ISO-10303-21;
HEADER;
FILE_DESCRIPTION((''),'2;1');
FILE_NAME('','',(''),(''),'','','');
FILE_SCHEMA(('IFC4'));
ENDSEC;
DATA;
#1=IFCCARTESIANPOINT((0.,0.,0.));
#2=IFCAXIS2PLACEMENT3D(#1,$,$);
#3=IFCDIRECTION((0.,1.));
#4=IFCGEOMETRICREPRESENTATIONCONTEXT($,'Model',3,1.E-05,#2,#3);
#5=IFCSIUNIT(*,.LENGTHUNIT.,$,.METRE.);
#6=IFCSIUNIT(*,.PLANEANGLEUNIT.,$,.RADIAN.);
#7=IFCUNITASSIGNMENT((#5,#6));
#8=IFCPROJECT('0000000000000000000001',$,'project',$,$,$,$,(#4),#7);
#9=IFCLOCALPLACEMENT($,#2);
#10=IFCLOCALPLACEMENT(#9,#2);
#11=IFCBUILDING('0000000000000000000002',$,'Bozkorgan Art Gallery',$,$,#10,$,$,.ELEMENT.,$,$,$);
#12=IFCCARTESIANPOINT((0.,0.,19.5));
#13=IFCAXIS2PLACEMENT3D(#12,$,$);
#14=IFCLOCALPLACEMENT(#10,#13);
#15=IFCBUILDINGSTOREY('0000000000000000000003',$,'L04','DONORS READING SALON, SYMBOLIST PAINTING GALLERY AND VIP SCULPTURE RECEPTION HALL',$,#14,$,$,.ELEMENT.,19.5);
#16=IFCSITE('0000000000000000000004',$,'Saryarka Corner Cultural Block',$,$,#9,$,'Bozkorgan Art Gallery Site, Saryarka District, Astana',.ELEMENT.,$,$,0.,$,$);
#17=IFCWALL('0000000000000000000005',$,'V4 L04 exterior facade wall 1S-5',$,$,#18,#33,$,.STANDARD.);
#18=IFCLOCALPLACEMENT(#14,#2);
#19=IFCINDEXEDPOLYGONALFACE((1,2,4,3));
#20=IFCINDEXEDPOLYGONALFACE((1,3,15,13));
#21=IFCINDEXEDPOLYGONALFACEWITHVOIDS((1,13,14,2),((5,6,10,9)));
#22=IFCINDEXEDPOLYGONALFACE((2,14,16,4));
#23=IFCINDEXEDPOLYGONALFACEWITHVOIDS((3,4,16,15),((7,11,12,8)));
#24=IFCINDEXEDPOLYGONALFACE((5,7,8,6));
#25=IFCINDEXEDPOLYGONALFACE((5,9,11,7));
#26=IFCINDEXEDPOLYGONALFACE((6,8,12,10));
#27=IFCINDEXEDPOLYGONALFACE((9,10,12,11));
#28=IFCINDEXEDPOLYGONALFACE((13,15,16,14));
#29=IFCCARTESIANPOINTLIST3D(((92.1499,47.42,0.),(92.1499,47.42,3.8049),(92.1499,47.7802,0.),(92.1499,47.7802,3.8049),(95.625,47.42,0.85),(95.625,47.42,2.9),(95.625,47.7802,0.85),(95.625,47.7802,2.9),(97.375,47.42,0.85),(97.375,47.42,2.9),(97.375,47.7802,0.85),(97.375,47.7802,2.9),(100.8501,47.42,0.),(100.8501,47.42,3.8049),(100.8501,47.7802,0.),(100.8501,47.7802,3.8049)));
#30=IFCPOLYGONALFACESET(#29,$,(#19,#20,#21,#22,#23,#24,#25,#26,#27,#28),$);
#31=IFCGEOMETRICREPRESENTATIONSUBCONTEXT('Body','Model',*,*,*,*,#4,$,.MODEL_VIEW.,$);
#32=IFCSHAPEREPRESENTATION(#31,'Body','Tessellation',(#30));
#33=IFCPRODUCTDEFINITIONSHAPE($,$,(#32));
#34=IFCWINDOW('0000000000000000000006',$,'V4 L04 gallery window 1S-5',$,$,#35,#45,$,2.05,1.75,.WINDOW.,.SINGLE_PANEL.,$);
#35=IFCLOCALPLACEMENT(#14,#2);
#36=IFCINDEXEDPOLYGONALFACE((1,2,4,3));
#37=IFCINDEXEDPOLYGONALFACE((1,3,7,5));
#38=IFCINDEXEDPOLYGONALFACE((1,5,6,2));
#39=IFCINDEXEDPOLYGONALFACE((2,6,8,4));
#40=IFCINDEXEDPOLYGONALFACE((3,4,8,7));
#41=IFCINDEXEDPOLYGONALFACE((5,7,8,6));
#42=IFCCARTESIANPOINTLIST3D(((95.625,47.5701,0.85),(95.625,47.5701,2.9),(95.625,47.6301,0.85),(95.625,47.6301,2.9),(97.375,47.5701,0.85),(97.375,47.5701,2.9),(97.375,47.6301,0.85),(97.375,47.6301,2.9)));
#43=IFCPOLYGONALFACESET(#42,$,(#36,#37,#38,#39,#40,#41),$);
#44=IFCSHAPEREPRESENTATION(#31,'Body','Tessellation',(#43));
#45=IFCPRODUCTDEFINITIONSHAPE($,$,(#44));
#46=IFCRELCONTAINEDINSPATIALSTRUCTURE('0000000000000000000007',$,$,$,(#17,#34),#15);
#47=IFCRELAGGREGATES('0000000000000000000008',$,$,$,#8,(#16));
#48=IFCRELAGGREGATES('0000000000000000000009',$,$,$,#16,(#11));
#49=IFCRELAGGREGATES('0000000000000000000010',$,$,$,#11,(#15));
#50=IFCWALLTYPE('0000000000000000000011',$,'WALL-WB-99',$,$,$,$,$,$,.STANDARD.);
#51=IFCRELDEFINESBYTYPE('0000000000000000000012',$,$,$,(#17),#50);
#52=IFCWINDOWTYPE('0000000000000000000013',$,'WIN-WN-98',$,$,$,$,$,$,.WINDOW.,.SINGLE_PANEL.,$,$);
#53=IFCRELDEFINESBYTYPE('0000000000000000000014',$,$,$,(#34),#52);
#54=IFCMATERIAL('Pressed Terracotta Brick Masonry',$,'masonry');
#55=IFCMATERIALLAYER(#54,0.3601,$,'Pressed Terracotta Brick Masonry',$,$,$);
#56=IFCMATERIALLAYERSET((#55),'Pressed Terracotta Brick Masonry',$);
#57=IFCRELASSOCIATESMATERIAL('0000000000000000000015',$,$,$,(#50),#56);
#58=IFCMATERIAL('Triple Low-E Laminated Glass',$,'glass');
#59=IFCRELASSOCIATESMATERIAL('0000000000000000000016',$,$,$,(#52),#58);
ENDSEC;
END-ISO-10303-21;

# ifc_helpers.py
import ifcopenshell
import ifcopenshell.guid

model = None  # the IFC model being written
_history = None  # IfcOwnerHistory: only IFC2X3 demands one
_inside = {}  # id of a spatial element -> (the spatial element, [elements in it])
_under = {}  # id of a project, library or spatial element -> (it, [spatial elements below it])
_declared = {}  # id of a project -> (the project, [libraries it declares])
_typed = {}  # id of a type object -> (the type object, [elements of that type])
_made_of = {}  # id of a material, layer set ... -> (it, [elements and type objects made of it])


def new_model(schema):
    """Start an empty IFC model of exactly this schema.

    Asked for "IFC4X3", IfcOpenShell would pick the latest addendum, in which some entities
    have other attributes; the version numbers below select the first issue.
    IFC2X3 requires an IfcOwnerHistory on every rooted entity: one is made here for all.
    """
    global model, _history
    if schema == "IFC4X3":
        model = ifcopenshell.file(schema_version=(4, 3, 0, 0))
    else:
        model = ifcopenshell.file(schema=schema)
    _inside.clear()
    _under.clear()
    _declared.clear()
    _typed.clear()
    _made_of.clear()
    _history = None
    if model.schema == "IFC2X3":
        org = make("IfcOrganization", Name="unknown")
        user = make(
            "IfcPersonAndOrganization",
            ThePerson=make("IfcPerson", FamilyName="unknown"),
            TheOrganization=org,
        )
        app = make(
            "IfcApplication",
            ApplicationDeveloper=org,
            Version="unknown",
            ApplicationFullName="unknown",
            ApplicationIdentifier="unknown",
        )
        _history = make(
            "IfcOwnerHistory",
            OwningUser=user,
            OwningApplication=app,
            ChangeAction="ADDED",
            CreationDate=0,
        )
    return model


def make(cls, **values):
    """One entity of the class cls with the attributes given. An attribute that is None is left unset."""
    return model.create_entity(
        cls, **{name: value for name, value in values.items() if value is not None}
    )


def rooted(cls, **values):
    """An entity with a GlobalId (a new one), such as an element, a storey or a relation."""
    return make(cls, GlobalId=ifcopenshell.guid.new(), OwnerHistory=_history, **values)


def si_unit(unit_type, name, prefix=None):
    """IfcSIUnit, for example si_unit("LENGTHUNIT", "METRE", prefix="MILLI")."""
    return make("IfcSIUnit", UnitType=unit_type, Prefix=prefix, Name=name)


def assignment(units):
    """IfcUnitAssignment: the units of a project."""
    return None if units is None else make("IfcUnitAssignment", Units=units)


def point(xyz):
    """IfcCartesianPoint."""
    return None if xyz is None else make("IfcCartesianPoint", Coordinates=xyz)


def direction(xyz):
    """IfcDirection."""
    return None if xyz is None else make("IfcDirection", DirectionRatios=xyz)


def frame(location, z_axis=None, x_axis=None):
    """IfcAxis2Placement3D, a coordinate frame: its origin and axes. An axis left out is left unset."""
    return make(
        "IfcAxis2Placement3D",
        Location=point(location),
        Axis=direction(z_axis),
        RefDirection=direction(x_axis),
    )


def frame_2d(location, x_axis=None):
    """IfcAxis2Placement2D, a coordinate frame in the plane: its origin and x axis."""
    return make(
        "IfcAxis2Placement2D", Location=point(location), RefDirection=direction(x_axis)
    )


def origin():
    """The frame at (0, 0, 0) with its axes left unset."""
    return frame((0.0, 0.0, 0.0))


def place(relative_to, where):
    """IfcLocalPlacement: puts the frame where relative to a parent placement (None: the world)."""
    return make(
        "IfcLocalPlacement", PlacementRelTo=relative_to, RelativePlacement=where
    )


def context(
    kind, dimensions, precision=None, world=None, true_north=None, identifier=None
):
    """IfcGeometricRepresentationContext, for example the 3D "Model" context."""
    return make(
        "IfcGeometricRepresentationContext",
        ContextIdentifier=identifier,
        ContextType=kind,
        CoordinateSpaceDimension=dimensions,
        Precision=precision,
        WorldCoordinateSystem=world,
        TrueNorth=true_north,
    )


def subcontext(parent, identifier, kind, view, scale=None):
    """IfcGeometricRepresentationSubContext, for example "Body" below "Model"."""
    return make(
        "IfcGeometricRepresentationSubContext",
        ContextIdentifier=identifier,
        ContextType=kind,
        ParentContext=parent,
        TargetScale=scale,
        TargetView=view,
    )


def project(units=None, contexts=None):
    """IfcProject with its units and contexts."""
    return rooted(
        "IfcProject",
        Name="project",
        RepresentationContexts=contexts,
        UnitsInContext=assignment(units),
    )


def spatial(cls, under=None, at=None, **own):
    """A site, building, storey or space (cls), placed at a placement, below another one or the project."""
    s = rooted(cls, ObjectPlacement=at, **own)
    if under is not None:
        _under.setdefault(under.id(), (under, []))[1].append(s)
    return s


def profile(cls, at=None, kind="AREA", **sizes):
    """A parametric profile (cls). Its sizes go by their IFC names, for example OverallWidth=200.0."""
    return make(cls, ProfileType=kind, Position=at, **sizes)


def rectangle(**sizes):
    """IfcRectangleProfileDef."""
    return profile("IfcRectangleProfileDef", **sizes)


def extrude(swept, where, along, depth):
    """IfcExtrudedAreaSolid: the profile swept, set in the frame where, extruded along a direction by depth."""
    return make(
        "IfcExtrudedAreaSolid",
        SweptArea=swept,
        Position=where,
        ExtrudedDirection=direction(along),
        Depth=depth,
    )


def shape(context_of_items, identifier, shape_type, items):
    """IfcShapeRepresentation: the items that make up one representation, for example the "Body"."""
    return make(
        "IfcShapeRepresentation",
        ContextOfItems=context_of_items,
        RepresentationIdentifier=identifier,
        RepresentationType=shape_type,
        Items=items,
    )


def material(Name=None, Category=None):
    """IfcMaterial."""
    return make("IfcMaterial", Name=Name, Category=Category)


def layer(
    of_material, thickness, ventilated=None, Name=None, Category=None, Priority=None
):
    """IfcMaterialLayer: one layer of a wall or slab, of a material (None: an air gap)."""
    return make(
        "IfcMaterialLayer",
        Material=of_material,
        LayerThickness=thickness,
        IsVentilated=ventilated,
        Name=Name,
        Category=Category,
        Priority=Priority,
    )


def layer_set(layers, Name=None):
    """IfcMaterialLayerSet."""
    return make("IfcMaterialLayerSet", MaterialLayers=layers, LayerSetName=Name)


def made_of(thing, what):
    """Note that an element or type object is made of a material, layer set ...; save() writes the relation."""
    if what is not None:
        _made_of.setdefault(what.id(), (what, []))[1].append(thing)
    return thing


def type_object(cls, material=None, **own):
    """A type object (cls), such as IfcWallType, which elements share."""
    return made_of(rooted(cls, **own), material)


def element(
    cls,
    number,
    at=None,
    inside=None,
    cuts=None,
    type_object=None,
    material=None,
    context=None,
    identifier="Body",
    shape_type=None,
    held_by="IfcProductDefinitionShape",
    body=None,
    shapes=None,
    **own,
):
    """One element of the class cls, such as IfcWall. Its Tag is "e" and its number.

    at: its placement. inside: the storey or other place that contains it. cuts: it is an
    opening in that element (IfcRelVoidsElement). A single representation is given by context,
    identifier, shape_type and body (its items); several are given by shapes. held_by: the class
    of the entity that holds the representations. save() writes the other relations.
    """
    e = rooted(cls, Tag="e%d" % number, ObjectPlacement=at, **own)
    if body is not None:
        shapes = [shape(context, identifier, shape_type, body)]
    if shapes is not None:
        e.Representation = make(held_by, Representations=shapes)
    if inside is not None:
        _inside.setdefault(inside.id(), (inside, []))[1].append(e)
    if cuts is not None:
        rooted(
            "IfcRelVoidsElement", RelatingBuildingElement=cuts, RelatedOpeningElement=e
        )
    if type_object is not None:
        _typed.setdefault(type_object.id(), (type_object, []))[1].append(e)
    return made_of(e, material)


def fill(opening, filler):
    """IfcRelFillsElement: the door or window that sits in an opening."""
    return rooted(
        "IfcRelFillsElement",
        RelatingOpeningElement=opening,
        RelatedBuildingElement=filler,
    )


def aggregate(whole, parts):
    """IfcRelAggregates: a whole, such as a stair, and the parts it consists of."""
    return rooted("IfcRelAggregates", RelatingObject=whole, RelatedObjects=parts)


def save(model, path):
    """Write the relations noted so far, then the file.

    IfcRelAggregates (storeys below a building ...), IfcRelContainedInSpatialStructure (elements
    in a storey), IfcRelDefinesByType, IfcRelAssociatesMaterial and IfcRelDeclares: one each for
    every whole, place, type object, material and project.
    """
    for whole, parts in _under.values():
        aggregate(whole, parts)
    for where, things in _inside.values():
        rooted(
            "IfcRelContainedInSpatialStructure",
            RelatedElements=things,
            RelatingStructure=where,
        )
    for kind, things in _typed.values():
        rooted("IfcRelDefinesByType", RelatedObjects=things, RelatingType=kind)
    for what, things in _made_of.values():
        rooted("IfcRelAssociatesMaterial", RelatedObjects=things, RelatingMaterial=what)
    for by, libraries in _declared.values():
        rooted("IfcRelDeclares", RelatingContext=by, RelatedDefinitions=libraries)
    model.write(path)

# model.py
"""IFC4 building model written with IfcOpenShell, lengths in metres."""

from ifc_helpers import new_model, si_unit, direction, frame, frame_2d, origin, place, context, subcontext, project, spatial, rectangle, extrude, material, layer, layer_set, type_object, element, fill, save


model = new_model("IFC4")

# Units and contexts
model_context = context("Model", 3, precision=1e-05, world=origin(), true_north=direction((0.0, 1.0)))
body_context = subcontext(model_context, "Body", "Model", "MODEL_VIEW")
ifc_project = project(units=[si_unit("LENGTHUNIT", "METRE"), si_unit("PLANEANGLEUNIT", "RADIAN")], contexts=[model_context])

# Site, building, storey
site_placement = place(None, origin())
site = spatial("IfcSite", under=ifc_project, at=site_placement, Name="Saryarka Corner Cultural Block", LongName="Bozkorgan Art Gallery Site, Saryarka District, Astana", CompositionType="ELEMENT", RefElevation=0.0)
building_placement = place(site_placement, origin())
building = spatial("IfcBuilding", under=site, at=building_placement, Name="Bozkorgan Art Gallery", CompositionType="ELEMENT")
storey_placement = place(building_placement, frame((0.0, 0.0, 19.5)))
storey = spatial("IfcBuildingStorey", under=building, at=storey_placement, Name="L04", Description="DONORS READING SALON, SYMBOLIST PAINTING GALLERY AND VIP SCULPTURE RECEPTION HALL", CompositionType="ELEMENT", Elevation=19.5)

# Shared definitions
ifc_material_1 = material(Name="Triple Low-E Laminated Glass", Category="glass")

# Shared definitions
ifc_material_2 = material(Name="Pressed Terracotta Brick Masonry", Category="masonry")
ifc_layer_1 = layer(ifc_material_2, 0.3601, Name="Pressed Terracotta Brick Masonry")
ifc_layer_set_1 = layer_set([ifc_layer_1], Name="Pressed Terracotta Brick Masonry")
wall_type_1 = type_object("IfcWallType", Name="WALL-WB-99", PredefinedType="STANDARD", material=ifc_layer_set_1)

# Wall, opening, window
wall_1_placement = place(storey_placement, frame((92.1499, 47.6001, 0.0), z_axis=(0.0, 0.0, 1.0), x_axis=(1.0, 0.0, 0.0)))
wall_1 = element("IfcWall", 1, at=wall_1_placement, inside=storey, type_object=wall_type_1, Name="V4 L04 exterior facade wall 1S-5", PredefinedType="STANDARD", context=body_context, shape_type="SweptSolid", body=[
    extrude(rectangle(XDim=8.7002, YDim=0.3601, at=frame_2d((4.3501, 0.0))), origin(), (0.0, 0.0, 1.0), 3.8049),
])
opening_1_placement = place(wall_1_placement, frame((5.2251, 0.0, 0.8501), z_axis=(0.0, 0.0, 1.0), x_axis=(-1.0, 0.0, 0.0)))
opening_1 = element("IfcOpeningElement", 2, at=opening_1_placement, cuts=wall_1, PredefinedType="OPENING", context=body_context, shape_type="SweptSolid", body=[
    extrude(rectangle(XDim=1.75, YDim=2.05, at=frame_2d((0.875, 1.0249))), frame((0.0, 0.1899, 0.0), z_axis=(0.0, -1.0, 0.0), x_axis=(1.0, 0.0, 0.0)), (0.0, 0.0, 1.0), 0.3801),
])
window_type = type_object("IfcWindowType", Name="WIN-WN-98", PartitioningType="SINGLE_PANEL", PredefinedType="WINDOW", material=ifc_material_1)
window_placement = place(opening_1_placement, origin())
window = element("IfcWindow", 3, at=window_placement, inside=storey, type_object=window_type, Name="V4 L04 gallery window 1S-5", OverallHeight=2.05, OverallWidth=1.75, PartitioningType="SINGLE_PANEL", PredefinedType="WINDOW", context=body_context, shape_type="SweptSolid", body=[
    extrude(rectangle(XDim=1.75, YDim=2.05, at=frame_2d((0.875, 1.0249))), frame((0.0, 0.03, 0.0), z_axis=(0.0, -1.0, 0.0), x_axis=(1.0, 0.0, 0.0)), (0.0, 0.0, 1.0), 0.0601),
])
fill(opening_1, window)

save(model, "model.ifc")
